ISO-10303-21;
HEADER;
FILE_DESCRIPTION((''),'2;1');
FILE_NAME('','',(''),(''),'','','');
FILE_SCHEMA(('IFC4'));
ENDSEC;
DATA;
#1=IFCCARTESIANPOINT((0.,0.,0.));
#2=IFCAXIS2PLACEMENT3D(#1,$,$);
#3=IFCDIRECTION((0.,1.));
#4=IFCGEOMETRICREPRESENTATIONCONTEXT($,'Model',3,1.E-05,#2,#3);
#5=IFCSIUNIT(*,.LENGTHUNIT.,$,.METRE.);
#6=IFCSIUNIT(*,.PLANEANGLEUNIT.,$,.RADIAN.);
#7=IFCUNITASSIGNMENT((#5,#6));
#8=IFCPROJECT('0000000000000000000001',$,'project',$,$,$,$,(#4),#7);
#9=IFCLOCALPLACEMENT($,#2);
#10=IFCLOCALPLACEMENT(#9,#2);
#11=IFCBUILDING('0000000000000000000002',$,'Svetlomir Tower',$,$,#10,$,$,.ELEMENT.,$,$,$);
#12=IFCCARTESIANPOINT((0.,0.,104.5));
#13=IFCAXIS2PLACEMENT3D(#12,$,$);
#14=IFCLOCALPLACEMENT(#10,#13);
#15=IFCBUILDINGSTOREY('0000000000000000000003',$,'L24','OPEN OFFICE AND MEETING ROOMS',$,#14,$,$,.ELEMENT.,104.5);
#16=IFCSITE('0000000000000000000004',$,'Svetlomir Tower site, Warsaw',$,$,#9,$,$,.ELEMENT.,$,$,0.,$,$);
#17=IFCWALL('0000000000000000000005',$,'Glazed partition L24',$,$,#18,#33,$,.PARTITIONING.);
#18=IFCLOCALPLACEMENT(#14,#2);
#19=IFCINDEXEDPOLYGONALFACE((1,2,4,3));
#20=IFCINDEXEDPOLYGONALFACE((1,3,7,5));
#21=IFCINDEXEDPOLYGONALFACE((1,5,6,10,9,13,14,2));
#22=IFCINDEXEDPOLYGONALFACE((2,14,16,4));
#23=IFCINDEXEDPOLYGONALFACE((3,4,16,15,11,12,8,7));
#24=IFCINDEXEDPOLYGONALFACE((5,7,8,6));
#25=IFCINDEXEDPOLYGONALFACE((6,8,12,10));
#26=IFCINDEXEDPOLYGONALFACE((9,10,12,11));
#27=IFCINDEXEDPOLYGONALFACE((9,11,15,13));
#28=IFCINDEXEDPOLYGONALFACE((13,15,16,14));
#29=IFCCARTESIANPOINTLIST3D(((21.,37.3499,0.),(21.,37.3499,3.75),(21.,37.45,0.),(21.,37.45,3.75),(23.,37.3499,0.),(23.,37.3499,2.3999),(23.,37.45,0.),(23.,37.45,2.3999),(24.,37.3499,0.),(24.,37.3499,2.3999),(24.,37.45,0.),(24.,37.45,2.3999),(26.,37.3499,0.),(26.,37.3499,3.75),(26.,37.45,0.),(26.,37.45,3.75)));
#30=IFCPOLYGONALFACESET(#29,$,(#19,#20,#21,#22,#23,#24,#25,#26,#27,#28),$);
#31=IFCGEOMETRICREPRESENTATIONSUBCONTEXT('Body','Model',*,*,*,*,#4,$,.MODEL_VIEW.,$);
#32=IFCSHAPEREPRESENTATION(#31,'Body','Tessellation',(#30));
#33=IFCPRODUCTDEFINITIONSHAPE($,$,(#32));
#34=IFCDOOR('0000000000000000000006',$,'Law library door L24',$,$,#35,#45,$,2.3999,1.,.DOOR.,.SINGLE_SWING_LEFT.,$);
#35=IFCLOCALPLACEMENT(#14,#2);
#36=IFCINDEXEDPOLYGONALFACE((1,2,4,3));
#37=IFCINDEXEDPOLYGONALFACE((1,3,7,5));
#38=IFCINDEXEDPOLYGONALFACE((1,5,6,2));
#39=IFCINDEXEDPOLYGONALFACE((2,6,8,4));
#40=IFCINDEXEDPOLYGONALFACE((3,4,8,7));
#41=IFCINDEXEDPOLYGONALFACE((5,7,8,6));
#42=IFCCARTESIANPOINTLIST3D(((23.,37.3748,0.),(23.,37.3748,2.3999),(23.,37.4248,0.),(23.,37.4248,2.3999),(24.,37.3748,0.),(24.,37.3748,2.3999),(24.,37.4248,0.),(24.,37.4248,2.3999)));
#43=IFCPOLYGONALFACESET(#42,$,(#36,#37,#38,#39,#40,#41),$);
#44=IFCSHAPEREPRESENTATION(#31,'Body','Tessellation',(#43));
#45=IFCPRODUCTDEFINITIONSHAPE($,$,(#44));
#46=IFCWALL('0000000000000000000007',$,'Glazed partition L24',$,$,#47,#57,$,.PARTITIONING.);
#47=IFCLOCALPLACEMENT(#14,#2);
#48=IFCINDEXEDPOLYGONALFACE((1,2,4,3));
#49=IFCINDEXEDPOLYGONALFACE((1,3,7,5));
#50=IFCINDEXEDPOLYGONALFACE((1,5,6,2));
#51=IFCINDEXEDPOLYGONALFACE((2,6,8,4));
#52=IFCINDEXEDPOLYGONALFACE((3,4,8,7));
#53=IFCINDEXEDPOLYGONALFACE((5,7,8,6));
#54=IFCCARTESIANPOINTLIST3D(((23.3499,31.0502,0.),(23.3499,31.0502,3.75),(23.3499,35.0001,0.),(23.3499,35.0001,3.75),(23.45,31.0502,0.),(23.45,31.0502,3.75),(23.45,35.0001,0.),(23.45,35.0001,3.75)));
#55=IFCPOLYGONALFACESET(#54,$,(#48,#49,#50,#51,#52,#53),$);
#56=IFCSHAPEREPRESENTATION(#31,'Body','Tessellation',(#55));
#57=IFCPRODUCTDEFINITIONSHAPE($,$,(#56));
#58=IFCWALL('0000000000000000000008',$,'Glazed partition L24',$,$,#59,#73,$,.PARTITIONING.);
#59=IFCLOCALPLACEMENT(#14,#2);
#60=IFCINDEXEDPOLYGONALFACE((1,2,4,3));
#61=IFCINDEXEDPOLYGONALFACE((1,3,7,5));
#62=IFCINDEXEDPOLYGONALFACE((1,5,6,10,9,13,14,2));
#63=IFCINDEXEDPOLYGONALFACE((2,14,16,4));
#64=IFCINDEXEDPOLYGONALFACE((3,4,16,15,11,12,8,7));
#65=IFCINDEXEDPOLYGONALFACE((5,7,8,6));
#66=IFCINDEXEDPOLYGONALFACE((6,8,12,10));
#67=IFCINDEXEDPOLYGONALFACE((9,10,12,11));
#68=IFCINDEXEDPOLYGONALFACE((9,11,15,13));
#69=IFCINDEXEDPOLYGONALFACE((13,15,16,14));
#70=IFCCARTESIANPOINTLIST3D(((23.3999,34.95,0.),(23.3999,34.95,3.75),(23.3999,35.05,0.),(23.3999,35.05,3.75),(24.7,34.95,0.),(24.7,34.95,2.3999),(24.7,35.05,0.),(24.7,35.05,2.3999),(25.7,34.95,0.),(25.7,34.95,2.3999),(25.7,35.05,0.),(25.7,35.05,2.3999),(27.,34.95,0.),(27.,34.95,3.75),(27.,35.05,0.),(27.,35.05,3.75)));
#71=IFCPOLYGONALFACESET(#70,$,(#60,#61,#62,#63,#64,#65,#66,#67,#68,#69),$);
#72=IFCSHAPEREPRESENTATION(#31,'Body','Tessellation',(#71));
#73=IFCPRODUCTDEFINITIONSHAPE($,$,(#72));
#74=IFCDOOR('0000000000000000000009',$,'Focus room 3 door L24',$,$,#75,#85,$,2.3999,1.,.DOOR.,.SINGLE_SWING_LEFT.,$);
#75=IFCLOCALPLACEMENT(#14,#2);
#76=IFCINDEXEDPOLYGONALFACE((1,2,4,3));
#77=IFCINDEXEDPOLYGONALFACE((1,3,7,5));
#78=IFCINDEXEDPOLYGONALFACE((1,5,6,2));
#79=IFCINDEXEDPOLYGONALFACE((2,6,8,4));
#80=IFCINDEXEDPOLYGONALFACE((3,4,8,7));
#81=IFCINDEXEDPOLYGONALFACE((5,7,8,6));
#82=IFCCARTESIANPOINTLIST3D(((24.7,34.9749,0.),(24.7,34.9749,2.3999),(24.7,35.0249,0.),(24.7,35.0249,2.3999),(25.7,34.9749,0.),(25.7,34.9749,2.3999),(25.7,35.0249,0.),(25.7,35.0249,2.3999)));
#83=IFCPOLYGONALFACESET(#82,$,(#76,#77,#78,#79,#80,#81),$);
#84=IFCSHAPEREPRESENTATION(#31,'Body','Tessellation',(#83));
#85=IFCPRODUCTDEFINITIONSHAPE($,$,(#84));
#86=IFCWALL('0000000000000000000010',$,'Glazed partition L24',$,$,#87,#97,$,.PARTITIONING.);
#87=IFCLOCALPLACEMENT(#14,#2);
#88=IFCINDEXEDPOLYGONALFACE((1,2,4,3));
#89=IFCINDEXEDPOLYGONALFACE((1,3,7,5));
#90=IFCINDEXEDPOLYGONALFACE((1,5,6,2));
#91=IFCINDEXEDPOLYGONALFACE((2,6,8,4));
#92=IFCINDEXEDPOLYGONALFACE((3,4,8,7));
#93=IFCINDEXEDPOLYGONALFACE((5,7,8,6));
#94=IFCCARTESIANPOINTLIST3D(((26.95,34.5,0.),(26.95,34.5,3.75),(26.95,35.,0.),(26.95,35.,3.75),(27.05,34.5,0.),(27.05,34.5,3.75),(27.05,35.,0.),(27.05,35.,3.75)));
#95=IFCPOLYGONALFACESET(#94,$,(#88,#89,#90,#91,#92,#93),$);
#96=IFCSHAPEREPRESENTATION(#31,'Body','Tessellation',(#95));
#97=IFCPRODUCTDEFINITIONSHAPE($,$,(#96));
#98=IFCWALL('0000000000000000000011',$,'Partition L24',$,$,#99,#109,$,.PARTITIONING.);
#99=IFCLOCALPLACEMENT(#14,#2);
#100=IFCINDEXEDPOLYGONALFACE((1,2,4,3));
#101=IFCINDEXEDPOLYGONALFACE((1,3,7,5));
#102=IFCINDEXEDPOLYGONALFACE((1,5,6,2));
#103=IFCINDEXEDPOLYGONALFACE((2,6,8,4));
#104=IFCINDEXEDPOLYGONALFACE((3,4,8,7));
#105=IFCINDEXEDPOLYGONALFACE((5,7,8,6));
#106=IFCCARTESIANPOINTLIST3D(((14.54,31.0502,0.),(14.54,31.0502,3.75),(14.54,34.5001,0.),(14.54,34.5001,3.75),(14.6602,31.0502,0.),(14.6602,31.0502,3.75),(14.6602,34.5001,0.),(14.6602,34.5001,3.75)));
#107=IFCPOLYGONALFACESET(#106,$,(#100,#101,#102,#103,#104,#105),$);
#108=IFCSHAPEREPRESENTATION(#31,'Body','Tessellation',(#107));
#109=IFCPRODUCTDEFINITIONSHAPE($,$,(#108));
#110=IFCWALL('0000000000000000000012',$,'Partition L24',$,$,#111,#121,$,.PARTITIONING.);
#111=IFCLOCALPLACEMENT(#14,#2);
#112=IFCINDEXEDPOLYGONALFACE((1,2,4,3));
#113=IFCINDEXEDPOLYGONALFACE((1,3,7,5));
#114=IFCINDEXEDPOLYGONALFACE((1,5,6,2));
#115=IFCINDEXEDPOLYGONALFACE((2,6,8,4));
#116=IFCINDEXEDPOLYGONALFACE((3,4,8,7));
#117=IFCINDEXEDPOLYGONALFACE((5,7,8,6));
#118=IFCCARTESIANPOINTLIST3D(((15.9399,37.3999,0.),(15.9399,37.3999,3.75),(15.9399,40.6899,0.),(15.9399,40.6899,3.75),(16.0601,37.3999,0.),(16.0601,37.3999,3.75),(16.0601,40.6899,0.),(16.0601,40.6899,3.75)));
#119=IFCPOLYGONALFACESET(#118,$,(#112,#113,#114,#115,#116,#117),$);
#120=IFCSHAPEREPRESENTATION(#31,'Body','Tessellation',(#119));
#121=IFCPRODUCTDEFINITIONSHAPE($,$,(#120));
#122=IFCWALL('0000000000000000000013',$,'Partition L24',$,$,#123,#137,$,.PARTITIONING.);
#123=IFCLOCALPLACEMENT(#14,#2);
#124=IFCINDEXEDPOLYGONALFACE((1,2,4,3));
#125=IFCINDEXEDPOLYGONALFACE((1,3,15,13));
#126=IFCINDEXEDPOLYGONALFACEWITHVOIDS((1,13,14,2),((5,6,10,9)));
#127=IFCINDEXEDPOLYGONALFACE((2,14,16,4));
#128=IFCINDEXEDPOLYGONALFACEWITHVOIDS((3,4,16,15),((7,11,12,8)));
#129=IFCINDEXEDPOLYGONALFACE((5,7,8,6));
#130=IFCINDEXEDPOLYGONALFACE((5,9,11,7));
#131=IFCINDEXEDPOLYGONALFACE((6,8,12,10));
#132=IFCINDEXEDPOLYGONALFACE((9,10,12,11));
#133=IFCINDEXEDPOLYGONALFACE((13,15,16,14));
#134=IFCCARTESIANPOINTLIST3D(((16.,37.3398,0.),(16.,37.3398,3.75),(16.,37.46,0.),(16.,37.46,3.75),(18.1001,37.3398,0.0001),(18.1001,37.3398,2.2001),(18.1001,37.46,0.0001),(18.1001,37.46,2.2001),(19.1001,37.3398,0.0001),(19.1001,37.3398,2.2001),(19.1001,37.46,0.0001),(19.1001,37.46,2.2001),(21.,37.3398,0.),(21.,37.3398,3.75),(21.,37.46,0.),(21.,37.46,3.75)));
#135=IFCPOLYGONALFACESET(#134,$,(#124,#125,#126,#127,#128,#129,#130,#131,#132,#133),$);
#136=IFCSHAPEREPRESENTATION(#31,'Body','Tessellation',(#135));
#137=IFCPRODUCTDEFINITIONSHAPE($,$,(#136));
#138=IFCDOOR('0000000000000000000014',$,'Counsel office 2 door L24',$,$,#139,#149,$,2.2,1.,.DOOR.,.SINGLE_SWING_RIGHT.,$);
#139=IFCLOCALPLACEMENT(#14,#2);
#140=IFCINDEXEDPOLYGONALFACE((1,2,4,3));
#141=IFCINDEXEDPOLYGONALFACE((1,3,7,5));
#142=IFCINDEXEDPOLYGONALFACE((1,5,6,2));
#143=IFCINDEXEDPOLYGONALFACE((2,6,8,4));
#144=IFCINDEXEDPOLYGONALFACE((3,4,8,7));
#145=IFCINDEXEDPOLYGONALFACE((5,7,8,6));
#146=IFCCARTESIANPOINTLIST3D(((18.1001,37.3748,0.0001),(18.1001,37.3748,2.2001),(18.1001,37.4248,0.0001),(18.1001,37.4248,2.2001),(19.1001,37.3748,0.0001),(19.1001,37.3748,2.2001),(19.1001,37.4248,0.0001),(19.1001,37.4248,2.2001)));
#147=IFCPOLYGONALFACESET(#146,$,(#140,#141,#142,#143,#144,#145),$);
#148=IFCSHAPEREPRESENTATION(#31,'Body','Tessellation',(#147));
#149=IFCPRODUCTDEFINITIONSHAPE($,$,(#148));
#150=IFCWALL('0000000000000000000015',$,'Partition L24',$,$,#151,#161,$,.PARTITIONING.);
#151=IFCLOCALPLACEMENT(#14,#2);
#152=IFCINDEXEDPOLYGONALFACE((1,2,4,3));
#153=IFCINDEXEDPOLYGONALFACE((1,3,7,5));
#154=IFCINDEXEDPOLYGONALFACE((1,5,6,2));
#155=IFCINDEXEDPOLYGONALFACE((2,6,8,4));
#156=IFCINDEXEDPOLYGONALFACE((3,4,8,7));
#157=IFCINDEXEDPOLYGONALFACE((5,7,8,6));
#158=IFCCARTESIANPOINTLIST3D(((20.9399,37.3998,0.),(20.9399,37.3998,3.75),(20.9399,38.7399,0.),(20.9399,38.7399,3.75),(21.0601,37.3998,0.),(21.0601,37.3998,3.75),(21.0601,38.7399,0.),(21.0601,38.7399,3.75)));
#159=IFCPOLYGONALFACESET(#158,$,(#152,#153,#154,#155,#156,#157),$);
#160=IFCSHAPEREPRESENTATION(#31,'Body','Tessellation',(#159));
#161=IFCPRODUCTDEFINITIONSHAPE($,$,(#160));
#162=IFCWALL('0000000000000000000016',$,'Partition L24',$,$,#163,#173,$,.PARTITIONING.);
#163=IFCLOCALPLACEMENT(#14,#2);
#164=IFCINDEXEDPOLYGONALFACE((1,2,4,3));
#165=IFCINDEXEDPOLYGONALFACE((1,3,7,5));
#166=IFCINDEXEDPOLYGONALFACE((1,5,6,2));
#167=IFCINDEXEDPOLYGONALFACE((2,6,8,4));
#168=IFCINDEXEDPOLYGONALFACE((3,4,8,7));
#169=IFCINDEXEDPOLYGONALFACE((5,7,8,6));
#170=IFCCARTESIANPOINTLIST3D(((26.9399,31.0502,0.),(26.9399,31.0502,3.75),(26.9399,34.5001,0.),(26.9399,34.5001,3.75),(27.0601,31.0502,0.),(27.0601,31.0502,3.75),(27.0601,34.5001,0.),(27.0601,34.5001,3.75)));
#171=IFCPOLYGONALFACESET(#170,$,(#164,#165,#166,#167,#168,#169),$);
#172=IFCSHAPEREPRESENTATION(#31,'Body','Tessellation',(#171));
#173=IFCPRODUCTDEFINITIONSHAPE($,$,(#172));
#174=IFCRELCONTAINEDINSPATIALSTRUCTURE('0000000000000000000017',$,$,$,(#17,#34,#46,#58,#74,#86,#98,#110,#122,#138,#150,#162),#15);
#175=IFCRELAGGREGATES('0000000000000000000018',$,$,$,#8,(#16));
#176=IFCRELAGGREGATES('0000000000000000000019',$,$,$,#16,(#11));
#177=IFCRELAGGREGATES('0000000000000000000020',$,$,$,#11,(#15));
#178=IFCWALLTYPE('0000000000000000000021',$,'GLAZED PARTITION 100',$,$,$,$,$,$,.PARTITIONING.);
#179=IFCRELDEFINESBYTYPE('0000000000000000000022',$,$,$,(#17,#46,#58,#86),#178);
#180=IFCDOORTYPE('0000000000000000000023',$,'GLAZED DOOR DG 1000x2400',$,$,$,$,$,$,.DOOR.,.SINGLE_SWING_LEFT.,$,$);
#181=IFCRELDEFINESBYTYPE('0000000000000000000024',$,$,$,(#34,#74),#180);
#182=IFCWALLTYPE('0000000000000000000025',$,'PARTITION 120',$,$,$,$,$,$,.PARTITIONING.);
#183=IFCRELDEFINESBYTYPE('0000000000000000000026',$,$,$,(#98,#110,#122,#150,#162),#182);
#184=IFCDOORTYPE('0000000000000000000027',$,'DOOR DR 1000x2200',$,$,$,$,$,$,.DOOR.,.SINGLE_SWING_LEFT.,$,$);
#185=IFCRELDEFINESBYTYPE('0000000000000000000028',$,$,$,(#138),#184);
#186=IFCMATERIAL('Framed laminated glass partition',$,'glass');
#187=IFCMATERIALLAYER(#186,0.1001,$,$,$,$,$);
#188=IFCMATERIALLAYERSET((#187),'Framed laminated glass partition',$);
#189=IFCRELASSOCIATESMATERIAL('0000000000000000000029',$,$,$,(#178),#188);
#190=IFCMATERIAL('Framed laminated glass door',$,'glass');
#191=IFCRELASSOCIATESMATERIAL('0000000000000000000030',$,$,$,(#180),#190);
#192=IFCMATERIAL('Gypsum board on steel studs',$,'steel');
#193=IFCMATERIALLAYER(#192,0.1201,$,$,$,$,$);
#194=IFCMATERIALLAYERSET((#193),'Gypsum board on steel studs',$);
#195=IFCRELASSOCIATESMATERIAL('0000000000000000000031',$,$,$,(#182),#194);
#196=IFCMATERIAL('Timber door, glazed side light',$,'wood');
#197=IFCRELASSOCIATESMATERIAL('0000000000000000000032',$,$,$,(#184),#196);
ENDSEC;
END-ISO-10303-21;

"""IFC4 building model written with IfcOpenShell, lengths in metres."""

from ifc_helpers import new_model, si_unit, direction, frame, frame_2d, origin, place, context, subcontext, project, spatial, rectangle, extrude, material, layer, layer_set, type_object, element, fill, save


model = new_model("IFC4")

# Units and contexts
model_context = context("Model", 3, precision=1e-05, world=origin(), true_north=direction((0.0, 1.0)))
body_context = subcontext(model_context, "Body", "Model", "MODEL_VIEW")
ifc_project = project(units=[si_unit("LENGTHUNIT", "METRE"), si_unit("PLANEANGLEUNIT", "RADIAN")], contexts=[model_context])

# Site, building, storey
site_placement = place(None, origin())
site = spatial("IfcSite", under=ifc_project, at=site_placement, Name="Svetlomir Tower site, Warsaw", CompositionType="ELEMENT", RefElevation=0.0)
building_placement = place(site_placement, origin())
building = spatial("IfcBuilding", under=site, at=building_placement, Name="Svetlomir Tower", CompositionType="ELEMENT")
storey_placement = place(building_placement, frame((0.0, 0.0, 104.5)))
storey = spatial("IfcBuildingStorey", under=building, at=storey_placement, Name="L24", Description="OPEN OFFICE AND MEETING ROOMS", CompositionType="ELEMENT", Elevation=104.5)

# Shared definitions
ifc_material_1 = material(Name="Framed laminated glass partition", Category="glass")
ifc_layer_1 = layer(ifc_material_1, 0.1001)
ifc_layer_set_1 = layer_set([ifc_layer_1], Name="Framed laminated glass partition")
wall_type_1 = type_object("IfcWallType", Name="GLAZED PARTITION 100", PredefinedType="PARTITIONING", material=ifc_layer_set_1)

# Shared definitions
ifc_material_2 = material(Name="Framed laminated glass door", Category="glass")
door_type_1 = type_object("IfcDoorType", Name="GLAZED DOOR DG 1000x2400", OperationType="SINGLE_SWING_LEFT", PredefinedType="DOOR", material=ifc_material_2)

# Wall, opening, door
wall_1_placement = place(storey_placement, frame((21.0, 37.3999, 0.0), z_axis=(0.0, 0.0, 1.0), x_axis=(1.0, 0.0, 0.0)))
wall_1 = element("IfcWall", 1, at=wall_1_placement, inside=storey, type_object=wall_type_1, Name="Glazed partition L24", PredefinedType="PARTITIONING", context=body_context, shape_type="SweptSolid", body=[
    extrude(rectangle(XDim=5.0, YDim=0.1001, at=frame_2d((2.5, 0.0))), origin(), (0.0, 0.0, 1.0), 3.75),
])
opening_1_placement = place(wall_1_placement, frame((2.0, 0.0, 0.0)))
opening_1 = element("IfcOpeningElement", 2, at=opening_1_placement, cuts=wall_1, PredefinedType="OPENING", context=body_context, shape_type="SweptSolid", body=[
    extrude(rectangle(XDim=1.0, YDim=2.3999, at=frame_2d((0.5, 1.2))), frame((0.0, 0.0601, 0.0), z_axis=(0.0, -1.0, 0.0), x_axis=(1.0, 0.0, 0.0)), (0.0, 0.0, 1.0), 0.1201),
])
door_1_placement = place(opening_1_placement, origin())
door_1 = element("IfcDoor", 3, at=door_1_placement, inside=storey, type_object=door_type_1, Name="Law library door L24", OperationType="SINGLE_SWING_LEFT", OverallHeight=2.3999, OverallWidth=1.0, PredefinedType="DOOR", context=body_context, shape_type="SweptSolid", body=[
    extrude(rectangle(XDim=1.0, YDim=2.3999, at=frame_2d((0.5, 1.2))), frame((0.0, 0.0249, 0.0), z_axis=(0.0, -1.0, 0.0), x_axis=(1.0, 0.0, 0.0)), (0.0, 0.0, 1.0), 0.05),
])
fill(opening_1, door_1)

# Wall
wall_2_placement = place(storey_placement, frame((23.3999, 31.05, 0.0), z_axis=(0.0, 0.0, 1.0), x_axis=(0.0, 1.0, 0.0)))
element("IfcWall", 4, at=wall_2_placement, inside=storey, type_object=wall_type_1, Name="Glazed partition L24", PredefinedType="PARTITIONING", context=body_context, shape_type="SweptSolid", body=[
    extrude(rectangle(XDim=3.95, YDim=0.1001, at=frame_2d((1.9751, 0.0))), origin(), (0.0, 0.0, 1.0), 3.75),
])

# Wall, opening, door
wall_3_placement = place(storey_placement, frame((23.3999, 35.0, 0.0), z_axis=(0.0, 0.0, 1.0), x_axis=(1.0, 0.0, 0.0)))
wall_3 = element("IfcWall", 5, at=wall_3_placement, inside=storey, type_object=wall_type_1, Name="Glazed partition L24", PredefinedType="PARTITIONING", context=body_context, shape_type="SweptSolid", body=[
    extrude(rectangle(XDim=3.6001, YDim=0.1001, at=frame_2d((1.8, 0.0))), origin(), (0.0, 0.0, 1.0), 3.75),
])
opening_2_placement = place(wall_3_placement, frame((1.3, 0.0, 0.0)))
opening_2 = element("IfcOpeningElement", 6, at=opening_2_placement, cuts=wall_3, PredefinedType="OPENING", context=body_context, shape_type="SweptSolid", body=[
    extrude(rectangle(XDim=1.0, YDim=2.3999, at=frame_2d((0.5, 1.2))), frame((0.0, 0.0601, 0.0), z_axis=(0.0, -1.0, 0.0), x_axis=(1.0, 0.0, 0.0)), (0.0, 0.0, 1.0), 0.1201),
])
door_2_placement = place(opening_2_placement, origin())
door_2 = element("IfcDoor", 7, at=door_2_placement, inside=storey, type_object=door_type_1, Name="Focus room 3 door L24", OperationType="SINGLE_SWING_LEFT", OverallHeight=2.3999, OverallWidth=1.0, PredefinedType="DOOR", context=body_context, shape_type="SweptSolid", body=[
    extrude(rectangle(XDim=1.0, YDim=2.3999, at=frame_2d((0.5, 1.2))), frame((0.0, 0.0249, 0.0), z_axis=(0.0, -1.0, 0.0), x_axis=(1.0, 0.0, 0.0)), (0.0, 0.0, 1.0), 0.05),
])
fill(opening_2, door_2)

# Walls
wall_4_placement = place(storey_placement, frame((27.0, 34.5, 0.0), z_axis=(0.0, 0.0, 1.0), x_axis=(0.0, 1.0, 0.0)))
element("IfcWall", 8, at=wall_4_placement, inside=storey, type_object=wall_type_1, Name="Glazed partition L24", PredefinedType="PARTITIONING", context=body_context, shape_type="SweptSolid", body=[
    extrude(rectangle(XDim=0.5, YDim=0.1001, at=frame_2d((0.25, 0.0))), origin(), (0.0, 0.0, 1.0), 3.75),
])
ifc_material_3 = material(Name="Gypsum board on steel studs", Category="steel")
ifc_layer_2 = layer(ifc_material_3, 0.1201)
ifc_layer_set_2 = layer_set([ifc_layer_2], Name="Gypsum board on steel studs")
wall_type_2 = type_object("IfcWallType", Name="PARTITION 120", PredefinedType="PARTITIONING", material=ifc_layer_set_2)
wall_5_placement = place(storey_placement, frame((14.6001, 31.05, 0.0), z_axis=(0.0, 0.0, 1.0), x_axis=(0.0, 1.0, 0.0)))
element("IfcWall", 9, at=wall_5_placement, inside=storey, type_object=wall_type_2, Name="Partition L24", PredefinedType="PARTITIONING", context=body_context, shape_type="SweptSolid", body=[
    extrude(rectangle(XDim=3.45, YDim=0.1201, at=frame_2d((1.7251, 0.0))), origin(), (0.0, 0.0, 1.0), 3.75),
])
wall_6_placement = place(storey_placement, frame((16.0, 37.3999, 0.0), z_axis=(0.0, 0.0, 1.0), x_axis=(0.0, 1.0, 0.0)))
element("IfcWall", 10, at=wall_6_placement, inside=storey, type_object=wall_type_2, Name="Partition L24", PredefinedType="PARTITIONING", context=body_context, shape_type="SweptSolid", body=[
    extrude(rectangle(XDim=3.29, YDim=0.1201, at=frame_2d((1.645, 0.0))), origin(), (0.0, 0.0, 1.0), 3.75),
])

# Wall, opening, door
wall_7_placement = place(storey_placement, frame((16.0, 37.3999, 0.0), z_axis=(0.0, 0.0, 1.0), x_axis=(1.0, 0.0, 0.0)))
wall_7 = element("IfcWall", 11, at=wall_7_placement, inside=storey, type_object=wall_type_2, Name="Partition L24", PredefinedType="PARTITIONING", context=body_context, shape_type="SweptSolid", body=[
    extrude(rectangle(XDim=5.0, YDim=0.1201, at=frame_2d((2.5, 0.0))), origin(), (0.0, 0.0, 1.0), 3.75),
])
opening_3_placement = place(wall_7_placement, frame((2.1001, 0.0, 0.0)))
opening_3 = element("IfcOpeningElement", 12, at=opening_3_placement, cuts=wall_7, PredefinedType="OPENING", context=body_context, shape_type="SweptSolid", body=[
    extrude(rectangle(XDim=1.0, YDim=2.2, at=frame_2d((0.5, 1.1001))), frame((0.0, 0.0701, 0.0), z_axis=(0.0, -1.0, 0.0), x_axis=(1.0, 0.0, 0.0)), (0.0, 0.0, 1.0), 0.1401),
])
ifc_material_4 = material(Name="Timber door, glazed side light", Category="wood")
door_type_2 = type_object("IfcDoorType", Name="DOOR DR 1000x2200", OperationType="SINGLE_SWING_LEFT", PredefinedType="DOOR", material=ifc_material_4)
door_3_placement = place(opening_3_placement, origin())
door_3 = element("IfcDoor", 13, at=door_3_placement, inside=storey, type_object=door_type_2, Name="Counsel office 2 door L24", OperationType="SINGLE_SWING_RIGHT", OverallHeight=2.2, OverallWidth=1.0, PredefinedType="DOOR", context=body_context, shape_type="SweptSolid", body=[
    extrude(rectangle(XDim=1.0, YDim=2.2, at=frame_2d((0.5, 1.1001))), frame((0.0, 0.0249, 0.0), z_axis=(0.0, -1.0, 0.0), x_axis=(1.0, 0.0, 0.0)), (0.0, 0.0, 1.0), 0.05),
])
fill(opening_3, door_3)

# Walls
wall_8_placement = place(storey_placement, frame((21.0, 37.3999, 0.0), z_axis=(0.0, 0.0, 1.0), x_axis=(0.0, 1.0, 0.0)))
element("IfcWall", 14, at=wall_8_placement, inside=storey, type_object=wall_type_2, Name="Partition L24", PredefinedType="PARTITIONING", context=body_context, shape_type="SweptSolid", body=[
    extrude(rectangle(XDim=1.3401, YDim=0.1201, at=frame_2d((0.6699, 0.0))), origin(), (0.0, 0.0, 1.0), 3.75),
])
wall_9_placement = place(storey_placement, frame((27.0, 31.05, 0.0), z_axis=(0.0, 0.0, 1.0), x_axis=(0.0, 1.0, 0.0)))
element("IfcWall", 15, at=wall_9_placement, inside=storey, type_object=wall_type_2, Name="Partition L24", PredefinedType="PARTITIONING", context=body_context, shape_type="SweptSolid", body=[
    extrude(rectangle(XDim=3.45, YDim=0.1201, at=frame_2d((1.7251, 0.0))), origin(), (0.0, 0.0, 1.0), 3.75),
])

save(model, "model.ifc")
